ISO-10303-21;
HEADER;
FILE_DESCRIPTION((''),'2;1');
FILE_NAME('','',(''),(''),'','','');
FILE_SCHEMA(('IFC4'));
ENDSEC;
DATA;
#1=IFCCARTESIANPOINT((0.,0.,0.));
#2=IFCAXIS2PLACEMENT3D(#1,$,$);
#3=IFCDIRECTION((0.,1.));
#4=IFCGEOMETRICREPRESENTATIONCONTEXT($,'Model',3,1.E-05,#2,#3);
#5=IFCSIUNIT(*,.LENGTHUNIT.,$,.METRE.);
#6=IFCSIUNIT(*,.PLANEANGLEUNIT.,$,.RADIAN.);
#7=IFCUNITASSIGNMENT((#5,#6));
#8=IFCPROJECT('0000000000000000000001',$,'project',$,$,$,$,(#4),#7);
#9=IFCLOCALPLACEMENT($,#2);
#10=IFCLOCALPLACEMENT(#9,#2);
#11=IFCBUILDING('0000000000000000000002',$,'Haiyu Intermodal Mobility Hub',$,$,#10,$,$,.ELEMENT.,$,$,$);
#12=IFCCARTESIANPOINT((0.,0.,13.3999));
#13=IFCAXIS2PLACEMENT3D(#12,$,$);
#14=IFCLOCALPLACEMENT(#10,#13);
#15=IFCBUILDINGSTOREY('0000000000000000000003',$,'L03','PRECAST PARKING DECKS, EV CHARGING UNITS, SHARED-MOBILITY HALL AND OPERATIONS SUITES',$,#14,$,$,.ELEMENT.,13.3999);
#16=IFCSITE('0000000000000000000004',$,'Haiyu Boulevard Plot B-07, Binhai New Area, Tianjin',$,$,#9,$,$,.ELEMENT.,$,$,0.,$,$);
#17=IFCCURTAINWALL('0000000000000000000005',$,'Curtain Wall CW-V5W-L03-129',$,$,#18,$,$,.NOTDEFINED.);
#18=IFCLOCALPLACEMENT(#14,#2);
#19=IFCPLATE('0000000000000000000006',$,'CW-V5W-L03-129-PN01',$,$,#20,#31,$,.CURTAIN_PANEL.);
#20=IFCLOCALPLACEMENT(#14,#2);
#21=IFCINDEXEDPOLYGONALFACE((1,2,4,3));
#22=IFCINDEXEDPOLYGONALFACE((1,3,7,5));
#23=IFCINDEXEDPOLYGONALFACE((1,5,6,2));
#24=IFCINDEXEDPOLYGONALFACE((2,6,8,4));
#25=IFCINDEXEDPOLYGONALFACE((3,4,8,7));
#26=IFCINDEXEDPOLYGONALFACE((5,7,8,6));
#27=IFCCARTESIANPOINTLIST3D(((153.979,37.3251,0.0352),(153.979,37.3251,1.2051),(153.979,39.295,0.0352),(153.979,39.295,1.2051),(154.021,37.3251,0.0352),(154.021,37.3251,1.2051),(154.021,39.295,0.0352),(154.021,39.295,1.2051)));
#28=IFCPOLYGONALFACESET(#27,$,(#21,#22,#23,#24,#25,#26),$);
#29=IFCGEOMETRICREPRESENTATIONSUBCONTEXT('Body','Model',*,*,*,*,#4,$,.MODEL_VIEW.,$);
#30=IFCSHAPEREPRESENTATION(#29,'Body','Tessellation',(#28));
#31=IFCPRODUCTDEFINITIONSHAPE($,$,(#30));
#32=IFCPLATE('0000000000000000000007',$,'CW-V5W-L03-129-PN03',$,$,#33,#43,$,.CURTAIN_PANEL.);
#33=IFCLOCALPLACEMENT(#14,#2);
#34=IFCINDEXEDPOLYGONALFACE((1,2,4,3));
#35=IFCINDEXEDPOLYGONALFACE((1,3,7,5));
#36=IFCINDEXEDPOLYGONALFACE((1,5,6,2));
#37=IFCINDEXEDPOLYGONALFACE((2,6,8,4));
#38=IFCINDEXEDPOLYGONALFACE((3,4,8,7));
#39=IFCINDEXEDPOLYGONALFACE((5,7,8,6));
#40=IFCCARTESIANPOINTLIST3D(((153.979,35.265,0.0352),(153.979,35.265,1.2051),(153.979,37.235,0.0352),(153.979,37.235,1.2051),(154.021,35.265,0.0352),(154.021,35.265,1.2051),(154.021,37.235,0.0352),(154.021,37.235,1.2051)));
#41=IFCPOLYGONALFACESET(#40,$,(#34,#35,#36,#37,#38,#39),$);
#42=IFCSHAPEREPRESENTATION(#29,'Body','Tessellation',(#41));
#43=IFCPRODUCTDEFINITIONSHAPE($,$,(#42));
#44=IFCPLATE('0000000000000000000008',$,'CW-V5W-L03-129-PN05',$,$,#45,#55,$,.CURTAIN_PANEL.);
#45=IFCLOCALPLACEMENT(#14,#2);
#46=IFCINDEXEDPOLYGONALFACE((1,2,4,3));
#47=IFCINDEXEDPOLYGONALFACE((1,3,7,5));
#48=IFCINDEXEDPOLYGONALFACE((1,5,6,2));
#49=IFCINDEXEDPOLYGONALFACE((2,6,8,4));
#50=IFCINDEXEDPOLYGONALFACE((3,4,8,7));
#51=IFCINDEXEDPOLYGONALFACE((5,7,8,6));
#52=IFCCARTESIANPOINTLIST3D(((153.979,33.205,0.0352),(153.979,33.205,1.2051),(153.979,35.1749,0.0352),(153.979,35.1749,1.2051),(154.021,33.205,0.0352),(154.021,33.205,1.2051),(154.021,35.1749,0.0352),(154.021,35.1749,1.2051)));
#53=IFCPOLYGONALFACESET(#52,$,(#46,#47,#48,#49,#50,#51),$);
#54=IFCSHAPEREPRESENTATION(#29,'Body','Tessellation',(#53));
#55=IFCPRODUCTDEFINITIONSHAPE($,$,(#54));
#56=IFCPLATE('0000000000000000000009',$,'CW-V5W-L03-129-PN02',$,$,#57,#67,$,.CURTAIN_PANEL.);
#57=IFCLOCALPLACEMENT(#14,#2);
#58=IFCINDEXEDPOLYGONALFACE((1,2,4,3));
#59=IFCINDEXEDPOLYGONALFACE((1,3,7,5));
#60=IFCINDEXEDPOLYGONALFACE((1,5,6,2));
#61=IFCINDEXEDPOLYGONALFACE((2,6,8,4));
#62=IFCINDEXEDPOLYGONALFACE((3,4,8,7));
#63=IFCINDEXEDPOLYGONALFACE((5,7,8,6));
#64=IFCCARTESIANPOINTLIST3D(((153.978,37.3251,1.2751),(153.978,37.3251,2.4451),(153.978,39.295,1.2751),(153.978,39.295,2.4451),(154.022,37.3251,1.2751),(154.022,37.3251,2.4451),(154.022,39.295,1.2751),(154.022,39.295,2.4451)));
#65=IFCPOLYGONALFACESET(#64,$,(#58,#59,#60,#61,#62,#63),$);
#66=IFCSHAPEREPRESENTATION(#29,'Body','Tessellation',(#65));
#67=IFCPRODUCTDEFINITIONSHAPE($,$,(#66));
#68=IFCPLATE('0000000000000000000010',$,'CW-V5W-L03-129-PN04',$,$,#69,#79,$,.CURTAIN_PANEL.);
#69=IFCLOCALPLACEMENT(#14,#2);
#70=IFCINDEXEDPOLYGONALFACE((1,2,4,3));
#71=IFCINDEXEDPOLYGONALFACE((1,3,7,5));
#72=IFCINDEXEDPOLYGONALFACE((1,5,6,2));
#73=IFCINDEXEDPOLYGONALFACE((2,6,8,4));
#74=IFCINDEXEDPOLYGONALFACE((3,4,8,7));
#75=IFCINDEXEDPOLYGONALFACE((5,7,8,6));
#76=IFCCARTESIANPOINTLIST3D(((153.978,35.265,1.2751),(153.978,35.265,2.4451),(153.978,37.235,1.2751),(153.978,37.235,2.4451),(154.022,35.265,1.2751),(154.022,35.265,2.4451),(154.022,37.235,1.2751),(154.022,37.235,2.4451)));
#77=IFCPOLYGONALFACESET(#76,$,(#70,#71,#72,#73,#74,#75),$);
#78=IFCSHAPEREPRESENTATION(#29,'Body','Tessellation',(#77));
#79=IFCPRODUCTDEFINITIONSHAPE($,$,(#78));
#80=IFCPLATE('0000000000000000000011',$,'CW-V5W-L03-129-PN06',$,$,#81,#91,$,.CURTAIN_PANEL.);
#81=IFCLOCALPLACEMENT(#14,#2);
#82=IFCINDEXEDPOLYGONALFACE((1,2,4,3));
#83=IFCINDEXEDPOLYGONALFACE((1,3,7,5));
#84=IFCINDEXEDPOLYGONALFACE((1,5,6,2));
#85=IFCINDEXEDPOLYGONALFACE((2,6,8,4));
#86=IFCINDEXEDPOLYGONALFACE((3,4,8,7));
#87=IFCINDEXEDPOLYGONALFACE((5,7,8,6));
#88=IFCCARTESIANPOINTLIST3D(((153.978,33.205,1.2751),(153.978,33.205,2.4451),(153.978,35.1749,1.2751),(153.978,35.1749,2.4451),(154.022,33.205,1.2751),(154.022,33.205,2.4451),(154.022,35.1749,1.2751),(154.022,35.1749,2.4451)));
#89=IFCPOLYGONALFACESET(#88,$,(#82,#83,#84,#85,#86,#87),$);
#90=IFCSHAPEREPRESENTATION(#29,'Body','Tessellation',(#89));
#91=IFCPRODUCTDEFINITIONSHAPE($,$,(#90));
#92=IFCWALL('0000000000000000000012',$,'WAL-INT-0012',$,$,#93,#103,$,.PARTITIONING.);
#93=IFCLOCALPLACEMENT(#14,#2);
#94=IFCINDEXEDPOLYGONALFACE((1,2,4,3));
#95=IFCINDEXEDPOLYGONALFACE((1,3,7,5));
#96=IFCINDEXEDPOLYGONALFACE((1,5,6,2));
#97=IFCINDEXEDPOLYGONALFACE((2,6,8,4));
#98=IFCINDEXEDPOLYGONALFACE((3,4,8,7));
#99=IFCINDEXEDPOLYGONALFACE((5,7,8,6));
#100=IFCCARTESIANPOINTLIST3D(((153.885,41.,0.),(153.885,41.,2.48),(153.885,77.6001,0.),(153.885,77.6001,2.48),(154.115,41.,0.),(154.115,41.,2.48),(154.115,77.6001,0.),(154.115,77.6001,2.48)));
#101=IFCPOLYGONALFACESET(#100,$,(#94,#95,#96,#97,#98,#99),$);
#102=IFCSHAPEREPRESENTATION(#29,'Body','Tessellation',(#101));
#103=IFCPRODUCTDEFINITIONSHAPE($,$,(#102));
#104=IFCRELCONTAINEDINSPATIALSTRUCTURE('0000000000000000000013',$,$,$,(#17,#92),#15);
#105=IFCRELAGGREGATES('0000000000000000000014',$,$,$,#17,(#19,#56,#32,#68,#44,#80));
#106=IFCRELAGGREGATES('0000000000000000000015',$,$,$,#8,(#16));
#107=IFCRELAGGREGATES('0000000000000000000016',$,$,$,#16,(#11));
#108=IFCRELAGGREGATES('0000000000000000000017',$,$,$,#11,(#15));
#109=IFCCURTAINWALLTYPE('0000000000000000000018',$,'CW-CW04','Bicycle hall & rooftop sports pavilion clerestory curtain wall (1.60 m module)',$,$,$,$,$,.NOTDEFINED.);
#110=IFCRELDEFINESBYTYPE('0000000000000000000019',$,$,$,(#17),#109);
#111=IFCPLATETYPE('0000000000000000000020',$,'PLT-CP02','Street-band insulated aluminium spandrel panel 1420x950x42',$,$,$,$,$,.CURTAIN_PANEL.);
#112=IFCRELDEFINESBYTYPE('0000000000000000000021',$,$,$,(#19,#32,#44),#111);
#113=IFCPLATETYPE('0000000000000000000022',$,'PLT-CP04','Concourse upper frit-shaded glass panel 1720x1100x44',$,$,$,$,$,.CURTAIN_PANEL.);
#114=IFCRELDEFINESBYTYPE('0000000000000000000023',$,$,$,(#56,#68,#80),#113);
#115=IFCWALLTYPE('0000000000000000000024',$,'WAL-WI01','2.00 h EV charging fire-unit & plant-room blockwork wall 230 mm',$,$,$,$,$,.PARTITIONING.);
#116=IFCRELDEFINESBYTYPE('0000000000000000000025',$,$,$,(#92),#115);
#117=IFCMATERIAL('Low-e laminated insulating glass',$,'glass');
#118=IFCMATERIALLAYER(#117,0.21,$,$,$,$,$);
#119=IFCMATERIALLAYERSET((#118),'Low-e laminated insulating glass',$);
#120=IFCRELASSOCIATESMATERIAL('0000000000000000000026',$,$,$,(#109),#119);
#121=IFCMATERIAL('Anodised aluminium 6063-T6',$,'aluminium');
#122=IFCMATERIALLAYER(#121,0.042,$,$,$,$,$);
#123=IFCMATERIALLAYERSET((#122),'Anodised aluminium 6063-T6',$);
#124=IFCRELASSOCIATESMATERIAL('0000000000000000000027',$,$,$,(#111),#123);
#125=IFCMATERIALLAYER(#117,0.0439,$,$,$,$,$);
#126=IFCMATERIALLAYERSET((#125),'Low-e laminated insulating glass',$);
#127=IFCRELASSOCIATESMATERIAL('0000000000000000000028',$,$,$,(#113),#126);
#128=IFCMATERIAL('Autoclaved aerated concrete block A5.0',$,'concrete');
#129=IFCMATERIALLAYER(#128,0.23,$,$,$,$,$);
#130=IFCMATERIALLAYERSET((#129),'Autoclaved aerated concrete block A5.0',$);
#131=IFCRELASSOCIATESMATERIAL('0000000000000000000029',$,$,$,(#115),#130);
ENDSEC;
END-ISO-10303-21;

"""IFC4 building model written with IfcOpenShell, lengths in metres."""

from ifc_helpers import new_model, si_unit, direction, frame, frame_2d, origin, origin_2d, place, context, subcontext, project, spatial, rectangle, extrude, material, layer, layer_set, type_object, element, aggregate, save


model = new_model("IFC4")

# Units and contexts
model_context = context("Model", 3, precision=1e-05, world=origin(), true_north=direction((0.0, 1.0)))
body_context = subcontext(model_context, "Body", "Model", "MODEL_VIEW")
ifc_project = project(units=[si_unit("LENGTHUNIT", "METRE"), si_unit("PLANEANGLEUNIT", "RADIAN")], contexts=[model_context])

# Site, building, storey
site_placement = place(None, origin())
site = spatial("IfcSite", under=ifc_project, at=site_placement, Name="Haiyu Boulevard Plot B-07, Binhai New Area, Tianjin", CompositionType="ELEMENT", RefElevation=0.0)
building_placement = place(site_placement, origin())
building = spatial("IfcBuilding", under=site, at=building_placement, Name="Haiyu Intermodal Mobility Hub", CompositionType="ELEMENT")
storey_placement = place(building_placement, frame((0.0, 0.0, 13.3999)))
storey = spatial("IfcBuildingStorey", under=building, at=storey_placement, Name="L03", Description="PRECAST PARKING DECKS, EV CHARGING UNITS, SHARED-MOBILITY HALL AND OPERATIONS SUITES", CompositionType="ELEMENT", Elevation=13.3999)

# Curtain wall, plates
ifc_material_1 = material(Name="Low-e laminated insulating glass", Category="glass")
ifc_layer_1 = layer(ifc_material_1, 0.21)
ifc_layer_set_1 = layer_set([ifc_layer_1], Name="Low-e laminated insulating glass")
curtain_wall_type = type_object("IfcCurtainWallType", Name="CW-CW04", Description="Bicycle hall & rooftop sports pavilion clerestory curtain wall (1.60 m module)", PredefinedType="NOTDEFINED", material=ifc_layer_set_1)
curtain_wall_placement = place(storey_placement, origin())
curtain_wall = element("IfcCurtainWall", 1, at=curtain_wall_placement, inside=storey, type_object=curtain_wall_type, Name="Curtain Wall CW-V5W-L03-129", PredefinedType="NOTDEFINED")
ifc_material_2 = material(Name="Anodised aluminium 6063-T6", Category="aluminium")
ifc_layer_2 = layer(ifc_material_2, 0.042)
ifc_layer_set_2 = layer_set([ifc_layer_2], Name="Anodised aluminium 6063-T6")
plate_type_1 = type_object("IfcPlateType", Name="PLT-CP02", Description="Street-band insulated aluminium spandrel panel 1420x950x42", PredefinedType="CURTAIN_PANEL", material=ifc_layer_set_2)
plate_1_placement = place(storey_placement, frame((154.0, 38.3101, 0.0352), z_axis=(0.0, 0.0, 1.0), x_axis=(0.0, -1.0, 0.0)))
plate_1 = element("IfcPlate", 2, at=plate_1_placement, type_object=plate_type_1, Name="CW-V5W-L03-129-PN01", PredefinedType="CURTAIN_PANEL", context=body_context, shape_type="SweptSolid", body=[
    extrude(rectangle(XDim=1.97, YDim=0.042, at=origin_2d()), origin(), (0.0, 0.0, 1.0), 1.1699),
])
plate_2_placement = place(storey_placement, frame((154.0, 36.25, 0.0352), z_axis=(0.0, 0.0, 1.0), x_axis=(0.0, -1.0, 0.0)))
plate_2 = element("IfcPlate", 3, at=plate_2_placement, type_object=plate_type_1, Name="CW-V5W-L03-129-PN03", PredefinedType="CURTAIN_PANEL", context=body_context, shape_type="SweptSolid", body=[
    extrude(rectangle(XDim=1.97, YDim=0.042, at=origin_2d()), origin(), (0.0, 0.0, 1.0), 1.1699),
])
plate_3_placement = place(storey_placement, frame((154.0, 34.1899, 0.0352), z_axis=(0.0, 0.0, 1.0), x_axis=(0.0, -1.0, 0.0)))
plate_3 = element("IfcPlate", 4, at=plate_3_placement, type_object=plate_type_1, Name="CW-V5W-L03-129-PN05", PredefinedType="CURTAIN_PANEL", context=body_context, shape_type="SweptSolid", body=[
    extrude(rectangle(XDim=1.97, YDim=0.042, at=origin_2d()), origin(), (0.0, 0.0, 1.0), 1.1699),
])
ifc_layer_3 = layer(ifc_material_1, 0.0439)
ifc_layer_set_3 = layer_set([ifc_layer_3], Name="Low-e laminated insulating glass")
plate_type_2 = type_object("IfcPlateType", Name="PLT-CP04", Description="Concourse upper frit-shaded glass panel 1720x1100x44", PredefinedType="CURTAIN_PANEL", material=ifc_layer_set_3)
plate_4_placement = place(storey_placement, frame((154.0, 38.3101, 1.2751), z_axis=(0.0, 0.0, 1.0), x_axis=(0.0, -1.0, 0.0)))
plate_4 = element("IfcPlate", 5, at=plate_4_placement, type_object=plate_type_2, Name="CW-V5W-L03-129-PN02", PredefinedType="CURTAIN_PANEL", context=body_context, shape_type="SweptSolid", body=[
    extrude(rectangle(XDim=1.97, YDim=0.0439, at=origin_2d()), origin(), (0.0, 0.0, 1.0), 1.1699),
])
plate_5_placement = place(storey_placement, frame((154.0, 36.25, 1.2751), z_axis=(0.0, 0.0, 1.0), x_axis=(0.0, -1.0, 0.0)))
plate_5 = element("IfcPlate", 6, at=plate_5_placement, type_object=plate_type_2, Name="CW-V5W-L03-129-PN04", PredefinedType="CURTAIN_PANEL", context=body_context, shape_type="SweptSolid", body=[
    extrude(rectangle(XDim=1.97, YDim=0.0439, at=origin_2d()), origin(), (0.0, 0.0, 1.0), 1.1699),
])
plate_6_placement = place(storey_placement, frame((154.0, 34.1899, 1.2751), z_axis=(0.0, 0.0, 1.0), x_axis=(0.0, -1.0, 0.0)))
plate_6 = element("IfcPlate", 7, at=plate_6_placement, type_object=plate_type_2, Name="CW-V5W-L03-129-PN06", PredefinedType="CURTAIN_PANEL", context=body_context, shape_type="SweptSolid", body=[
    extrude(rectangle(XDim=1.97, YDim=0.0439, at=origin_2d()), origin(), (0.0, 0.0, 1.0), 1.1699),
])
aggregate(curtain_wall, [plate_1, plate_4, plate_2, plate_5, plate_3, plate_6])

# Wall
ifc_material_3 = material(Name="Autoclaved aerated concrete block A5.0", Category="concrete")
ifc_layer_4 = layer(ifc_material_3, 0.23)
ifc_layer_set_4 = layer_set([ifc_layer_4], Name="Autoclaved aerated concrete block A5.0")
wall_type = type_object("IfcWallType", Name="WAL-WI01", Description="2.00 h EV charging fire-unit & plant-room blockwork wall 230 mm", PredefinedType="PARTITIONING", material=ifc_layer_set_4)
wall_placement = place(storey_placement, frame((154.0, 41.0, 0.0), z_axis=(0.0, 0.0, 1.0), x_axis=(0.0, 1.0, 0.0)))
element("IfcWall", 8, at=wall_placement, inside=storey, type_object=wall_type, Name="WAL-INT-0012", PredefinedType="PARTITIONING", context=body_context, shape_type="SweptSolid", body=[
    extrude(rectangle(XDim=36.6001, YDim=0.23, at=frame_2d((18.3, 0.0))), origin(), (0.0, 0.0, 1.0), 2.48),
])

save(model, "model.ifc")
